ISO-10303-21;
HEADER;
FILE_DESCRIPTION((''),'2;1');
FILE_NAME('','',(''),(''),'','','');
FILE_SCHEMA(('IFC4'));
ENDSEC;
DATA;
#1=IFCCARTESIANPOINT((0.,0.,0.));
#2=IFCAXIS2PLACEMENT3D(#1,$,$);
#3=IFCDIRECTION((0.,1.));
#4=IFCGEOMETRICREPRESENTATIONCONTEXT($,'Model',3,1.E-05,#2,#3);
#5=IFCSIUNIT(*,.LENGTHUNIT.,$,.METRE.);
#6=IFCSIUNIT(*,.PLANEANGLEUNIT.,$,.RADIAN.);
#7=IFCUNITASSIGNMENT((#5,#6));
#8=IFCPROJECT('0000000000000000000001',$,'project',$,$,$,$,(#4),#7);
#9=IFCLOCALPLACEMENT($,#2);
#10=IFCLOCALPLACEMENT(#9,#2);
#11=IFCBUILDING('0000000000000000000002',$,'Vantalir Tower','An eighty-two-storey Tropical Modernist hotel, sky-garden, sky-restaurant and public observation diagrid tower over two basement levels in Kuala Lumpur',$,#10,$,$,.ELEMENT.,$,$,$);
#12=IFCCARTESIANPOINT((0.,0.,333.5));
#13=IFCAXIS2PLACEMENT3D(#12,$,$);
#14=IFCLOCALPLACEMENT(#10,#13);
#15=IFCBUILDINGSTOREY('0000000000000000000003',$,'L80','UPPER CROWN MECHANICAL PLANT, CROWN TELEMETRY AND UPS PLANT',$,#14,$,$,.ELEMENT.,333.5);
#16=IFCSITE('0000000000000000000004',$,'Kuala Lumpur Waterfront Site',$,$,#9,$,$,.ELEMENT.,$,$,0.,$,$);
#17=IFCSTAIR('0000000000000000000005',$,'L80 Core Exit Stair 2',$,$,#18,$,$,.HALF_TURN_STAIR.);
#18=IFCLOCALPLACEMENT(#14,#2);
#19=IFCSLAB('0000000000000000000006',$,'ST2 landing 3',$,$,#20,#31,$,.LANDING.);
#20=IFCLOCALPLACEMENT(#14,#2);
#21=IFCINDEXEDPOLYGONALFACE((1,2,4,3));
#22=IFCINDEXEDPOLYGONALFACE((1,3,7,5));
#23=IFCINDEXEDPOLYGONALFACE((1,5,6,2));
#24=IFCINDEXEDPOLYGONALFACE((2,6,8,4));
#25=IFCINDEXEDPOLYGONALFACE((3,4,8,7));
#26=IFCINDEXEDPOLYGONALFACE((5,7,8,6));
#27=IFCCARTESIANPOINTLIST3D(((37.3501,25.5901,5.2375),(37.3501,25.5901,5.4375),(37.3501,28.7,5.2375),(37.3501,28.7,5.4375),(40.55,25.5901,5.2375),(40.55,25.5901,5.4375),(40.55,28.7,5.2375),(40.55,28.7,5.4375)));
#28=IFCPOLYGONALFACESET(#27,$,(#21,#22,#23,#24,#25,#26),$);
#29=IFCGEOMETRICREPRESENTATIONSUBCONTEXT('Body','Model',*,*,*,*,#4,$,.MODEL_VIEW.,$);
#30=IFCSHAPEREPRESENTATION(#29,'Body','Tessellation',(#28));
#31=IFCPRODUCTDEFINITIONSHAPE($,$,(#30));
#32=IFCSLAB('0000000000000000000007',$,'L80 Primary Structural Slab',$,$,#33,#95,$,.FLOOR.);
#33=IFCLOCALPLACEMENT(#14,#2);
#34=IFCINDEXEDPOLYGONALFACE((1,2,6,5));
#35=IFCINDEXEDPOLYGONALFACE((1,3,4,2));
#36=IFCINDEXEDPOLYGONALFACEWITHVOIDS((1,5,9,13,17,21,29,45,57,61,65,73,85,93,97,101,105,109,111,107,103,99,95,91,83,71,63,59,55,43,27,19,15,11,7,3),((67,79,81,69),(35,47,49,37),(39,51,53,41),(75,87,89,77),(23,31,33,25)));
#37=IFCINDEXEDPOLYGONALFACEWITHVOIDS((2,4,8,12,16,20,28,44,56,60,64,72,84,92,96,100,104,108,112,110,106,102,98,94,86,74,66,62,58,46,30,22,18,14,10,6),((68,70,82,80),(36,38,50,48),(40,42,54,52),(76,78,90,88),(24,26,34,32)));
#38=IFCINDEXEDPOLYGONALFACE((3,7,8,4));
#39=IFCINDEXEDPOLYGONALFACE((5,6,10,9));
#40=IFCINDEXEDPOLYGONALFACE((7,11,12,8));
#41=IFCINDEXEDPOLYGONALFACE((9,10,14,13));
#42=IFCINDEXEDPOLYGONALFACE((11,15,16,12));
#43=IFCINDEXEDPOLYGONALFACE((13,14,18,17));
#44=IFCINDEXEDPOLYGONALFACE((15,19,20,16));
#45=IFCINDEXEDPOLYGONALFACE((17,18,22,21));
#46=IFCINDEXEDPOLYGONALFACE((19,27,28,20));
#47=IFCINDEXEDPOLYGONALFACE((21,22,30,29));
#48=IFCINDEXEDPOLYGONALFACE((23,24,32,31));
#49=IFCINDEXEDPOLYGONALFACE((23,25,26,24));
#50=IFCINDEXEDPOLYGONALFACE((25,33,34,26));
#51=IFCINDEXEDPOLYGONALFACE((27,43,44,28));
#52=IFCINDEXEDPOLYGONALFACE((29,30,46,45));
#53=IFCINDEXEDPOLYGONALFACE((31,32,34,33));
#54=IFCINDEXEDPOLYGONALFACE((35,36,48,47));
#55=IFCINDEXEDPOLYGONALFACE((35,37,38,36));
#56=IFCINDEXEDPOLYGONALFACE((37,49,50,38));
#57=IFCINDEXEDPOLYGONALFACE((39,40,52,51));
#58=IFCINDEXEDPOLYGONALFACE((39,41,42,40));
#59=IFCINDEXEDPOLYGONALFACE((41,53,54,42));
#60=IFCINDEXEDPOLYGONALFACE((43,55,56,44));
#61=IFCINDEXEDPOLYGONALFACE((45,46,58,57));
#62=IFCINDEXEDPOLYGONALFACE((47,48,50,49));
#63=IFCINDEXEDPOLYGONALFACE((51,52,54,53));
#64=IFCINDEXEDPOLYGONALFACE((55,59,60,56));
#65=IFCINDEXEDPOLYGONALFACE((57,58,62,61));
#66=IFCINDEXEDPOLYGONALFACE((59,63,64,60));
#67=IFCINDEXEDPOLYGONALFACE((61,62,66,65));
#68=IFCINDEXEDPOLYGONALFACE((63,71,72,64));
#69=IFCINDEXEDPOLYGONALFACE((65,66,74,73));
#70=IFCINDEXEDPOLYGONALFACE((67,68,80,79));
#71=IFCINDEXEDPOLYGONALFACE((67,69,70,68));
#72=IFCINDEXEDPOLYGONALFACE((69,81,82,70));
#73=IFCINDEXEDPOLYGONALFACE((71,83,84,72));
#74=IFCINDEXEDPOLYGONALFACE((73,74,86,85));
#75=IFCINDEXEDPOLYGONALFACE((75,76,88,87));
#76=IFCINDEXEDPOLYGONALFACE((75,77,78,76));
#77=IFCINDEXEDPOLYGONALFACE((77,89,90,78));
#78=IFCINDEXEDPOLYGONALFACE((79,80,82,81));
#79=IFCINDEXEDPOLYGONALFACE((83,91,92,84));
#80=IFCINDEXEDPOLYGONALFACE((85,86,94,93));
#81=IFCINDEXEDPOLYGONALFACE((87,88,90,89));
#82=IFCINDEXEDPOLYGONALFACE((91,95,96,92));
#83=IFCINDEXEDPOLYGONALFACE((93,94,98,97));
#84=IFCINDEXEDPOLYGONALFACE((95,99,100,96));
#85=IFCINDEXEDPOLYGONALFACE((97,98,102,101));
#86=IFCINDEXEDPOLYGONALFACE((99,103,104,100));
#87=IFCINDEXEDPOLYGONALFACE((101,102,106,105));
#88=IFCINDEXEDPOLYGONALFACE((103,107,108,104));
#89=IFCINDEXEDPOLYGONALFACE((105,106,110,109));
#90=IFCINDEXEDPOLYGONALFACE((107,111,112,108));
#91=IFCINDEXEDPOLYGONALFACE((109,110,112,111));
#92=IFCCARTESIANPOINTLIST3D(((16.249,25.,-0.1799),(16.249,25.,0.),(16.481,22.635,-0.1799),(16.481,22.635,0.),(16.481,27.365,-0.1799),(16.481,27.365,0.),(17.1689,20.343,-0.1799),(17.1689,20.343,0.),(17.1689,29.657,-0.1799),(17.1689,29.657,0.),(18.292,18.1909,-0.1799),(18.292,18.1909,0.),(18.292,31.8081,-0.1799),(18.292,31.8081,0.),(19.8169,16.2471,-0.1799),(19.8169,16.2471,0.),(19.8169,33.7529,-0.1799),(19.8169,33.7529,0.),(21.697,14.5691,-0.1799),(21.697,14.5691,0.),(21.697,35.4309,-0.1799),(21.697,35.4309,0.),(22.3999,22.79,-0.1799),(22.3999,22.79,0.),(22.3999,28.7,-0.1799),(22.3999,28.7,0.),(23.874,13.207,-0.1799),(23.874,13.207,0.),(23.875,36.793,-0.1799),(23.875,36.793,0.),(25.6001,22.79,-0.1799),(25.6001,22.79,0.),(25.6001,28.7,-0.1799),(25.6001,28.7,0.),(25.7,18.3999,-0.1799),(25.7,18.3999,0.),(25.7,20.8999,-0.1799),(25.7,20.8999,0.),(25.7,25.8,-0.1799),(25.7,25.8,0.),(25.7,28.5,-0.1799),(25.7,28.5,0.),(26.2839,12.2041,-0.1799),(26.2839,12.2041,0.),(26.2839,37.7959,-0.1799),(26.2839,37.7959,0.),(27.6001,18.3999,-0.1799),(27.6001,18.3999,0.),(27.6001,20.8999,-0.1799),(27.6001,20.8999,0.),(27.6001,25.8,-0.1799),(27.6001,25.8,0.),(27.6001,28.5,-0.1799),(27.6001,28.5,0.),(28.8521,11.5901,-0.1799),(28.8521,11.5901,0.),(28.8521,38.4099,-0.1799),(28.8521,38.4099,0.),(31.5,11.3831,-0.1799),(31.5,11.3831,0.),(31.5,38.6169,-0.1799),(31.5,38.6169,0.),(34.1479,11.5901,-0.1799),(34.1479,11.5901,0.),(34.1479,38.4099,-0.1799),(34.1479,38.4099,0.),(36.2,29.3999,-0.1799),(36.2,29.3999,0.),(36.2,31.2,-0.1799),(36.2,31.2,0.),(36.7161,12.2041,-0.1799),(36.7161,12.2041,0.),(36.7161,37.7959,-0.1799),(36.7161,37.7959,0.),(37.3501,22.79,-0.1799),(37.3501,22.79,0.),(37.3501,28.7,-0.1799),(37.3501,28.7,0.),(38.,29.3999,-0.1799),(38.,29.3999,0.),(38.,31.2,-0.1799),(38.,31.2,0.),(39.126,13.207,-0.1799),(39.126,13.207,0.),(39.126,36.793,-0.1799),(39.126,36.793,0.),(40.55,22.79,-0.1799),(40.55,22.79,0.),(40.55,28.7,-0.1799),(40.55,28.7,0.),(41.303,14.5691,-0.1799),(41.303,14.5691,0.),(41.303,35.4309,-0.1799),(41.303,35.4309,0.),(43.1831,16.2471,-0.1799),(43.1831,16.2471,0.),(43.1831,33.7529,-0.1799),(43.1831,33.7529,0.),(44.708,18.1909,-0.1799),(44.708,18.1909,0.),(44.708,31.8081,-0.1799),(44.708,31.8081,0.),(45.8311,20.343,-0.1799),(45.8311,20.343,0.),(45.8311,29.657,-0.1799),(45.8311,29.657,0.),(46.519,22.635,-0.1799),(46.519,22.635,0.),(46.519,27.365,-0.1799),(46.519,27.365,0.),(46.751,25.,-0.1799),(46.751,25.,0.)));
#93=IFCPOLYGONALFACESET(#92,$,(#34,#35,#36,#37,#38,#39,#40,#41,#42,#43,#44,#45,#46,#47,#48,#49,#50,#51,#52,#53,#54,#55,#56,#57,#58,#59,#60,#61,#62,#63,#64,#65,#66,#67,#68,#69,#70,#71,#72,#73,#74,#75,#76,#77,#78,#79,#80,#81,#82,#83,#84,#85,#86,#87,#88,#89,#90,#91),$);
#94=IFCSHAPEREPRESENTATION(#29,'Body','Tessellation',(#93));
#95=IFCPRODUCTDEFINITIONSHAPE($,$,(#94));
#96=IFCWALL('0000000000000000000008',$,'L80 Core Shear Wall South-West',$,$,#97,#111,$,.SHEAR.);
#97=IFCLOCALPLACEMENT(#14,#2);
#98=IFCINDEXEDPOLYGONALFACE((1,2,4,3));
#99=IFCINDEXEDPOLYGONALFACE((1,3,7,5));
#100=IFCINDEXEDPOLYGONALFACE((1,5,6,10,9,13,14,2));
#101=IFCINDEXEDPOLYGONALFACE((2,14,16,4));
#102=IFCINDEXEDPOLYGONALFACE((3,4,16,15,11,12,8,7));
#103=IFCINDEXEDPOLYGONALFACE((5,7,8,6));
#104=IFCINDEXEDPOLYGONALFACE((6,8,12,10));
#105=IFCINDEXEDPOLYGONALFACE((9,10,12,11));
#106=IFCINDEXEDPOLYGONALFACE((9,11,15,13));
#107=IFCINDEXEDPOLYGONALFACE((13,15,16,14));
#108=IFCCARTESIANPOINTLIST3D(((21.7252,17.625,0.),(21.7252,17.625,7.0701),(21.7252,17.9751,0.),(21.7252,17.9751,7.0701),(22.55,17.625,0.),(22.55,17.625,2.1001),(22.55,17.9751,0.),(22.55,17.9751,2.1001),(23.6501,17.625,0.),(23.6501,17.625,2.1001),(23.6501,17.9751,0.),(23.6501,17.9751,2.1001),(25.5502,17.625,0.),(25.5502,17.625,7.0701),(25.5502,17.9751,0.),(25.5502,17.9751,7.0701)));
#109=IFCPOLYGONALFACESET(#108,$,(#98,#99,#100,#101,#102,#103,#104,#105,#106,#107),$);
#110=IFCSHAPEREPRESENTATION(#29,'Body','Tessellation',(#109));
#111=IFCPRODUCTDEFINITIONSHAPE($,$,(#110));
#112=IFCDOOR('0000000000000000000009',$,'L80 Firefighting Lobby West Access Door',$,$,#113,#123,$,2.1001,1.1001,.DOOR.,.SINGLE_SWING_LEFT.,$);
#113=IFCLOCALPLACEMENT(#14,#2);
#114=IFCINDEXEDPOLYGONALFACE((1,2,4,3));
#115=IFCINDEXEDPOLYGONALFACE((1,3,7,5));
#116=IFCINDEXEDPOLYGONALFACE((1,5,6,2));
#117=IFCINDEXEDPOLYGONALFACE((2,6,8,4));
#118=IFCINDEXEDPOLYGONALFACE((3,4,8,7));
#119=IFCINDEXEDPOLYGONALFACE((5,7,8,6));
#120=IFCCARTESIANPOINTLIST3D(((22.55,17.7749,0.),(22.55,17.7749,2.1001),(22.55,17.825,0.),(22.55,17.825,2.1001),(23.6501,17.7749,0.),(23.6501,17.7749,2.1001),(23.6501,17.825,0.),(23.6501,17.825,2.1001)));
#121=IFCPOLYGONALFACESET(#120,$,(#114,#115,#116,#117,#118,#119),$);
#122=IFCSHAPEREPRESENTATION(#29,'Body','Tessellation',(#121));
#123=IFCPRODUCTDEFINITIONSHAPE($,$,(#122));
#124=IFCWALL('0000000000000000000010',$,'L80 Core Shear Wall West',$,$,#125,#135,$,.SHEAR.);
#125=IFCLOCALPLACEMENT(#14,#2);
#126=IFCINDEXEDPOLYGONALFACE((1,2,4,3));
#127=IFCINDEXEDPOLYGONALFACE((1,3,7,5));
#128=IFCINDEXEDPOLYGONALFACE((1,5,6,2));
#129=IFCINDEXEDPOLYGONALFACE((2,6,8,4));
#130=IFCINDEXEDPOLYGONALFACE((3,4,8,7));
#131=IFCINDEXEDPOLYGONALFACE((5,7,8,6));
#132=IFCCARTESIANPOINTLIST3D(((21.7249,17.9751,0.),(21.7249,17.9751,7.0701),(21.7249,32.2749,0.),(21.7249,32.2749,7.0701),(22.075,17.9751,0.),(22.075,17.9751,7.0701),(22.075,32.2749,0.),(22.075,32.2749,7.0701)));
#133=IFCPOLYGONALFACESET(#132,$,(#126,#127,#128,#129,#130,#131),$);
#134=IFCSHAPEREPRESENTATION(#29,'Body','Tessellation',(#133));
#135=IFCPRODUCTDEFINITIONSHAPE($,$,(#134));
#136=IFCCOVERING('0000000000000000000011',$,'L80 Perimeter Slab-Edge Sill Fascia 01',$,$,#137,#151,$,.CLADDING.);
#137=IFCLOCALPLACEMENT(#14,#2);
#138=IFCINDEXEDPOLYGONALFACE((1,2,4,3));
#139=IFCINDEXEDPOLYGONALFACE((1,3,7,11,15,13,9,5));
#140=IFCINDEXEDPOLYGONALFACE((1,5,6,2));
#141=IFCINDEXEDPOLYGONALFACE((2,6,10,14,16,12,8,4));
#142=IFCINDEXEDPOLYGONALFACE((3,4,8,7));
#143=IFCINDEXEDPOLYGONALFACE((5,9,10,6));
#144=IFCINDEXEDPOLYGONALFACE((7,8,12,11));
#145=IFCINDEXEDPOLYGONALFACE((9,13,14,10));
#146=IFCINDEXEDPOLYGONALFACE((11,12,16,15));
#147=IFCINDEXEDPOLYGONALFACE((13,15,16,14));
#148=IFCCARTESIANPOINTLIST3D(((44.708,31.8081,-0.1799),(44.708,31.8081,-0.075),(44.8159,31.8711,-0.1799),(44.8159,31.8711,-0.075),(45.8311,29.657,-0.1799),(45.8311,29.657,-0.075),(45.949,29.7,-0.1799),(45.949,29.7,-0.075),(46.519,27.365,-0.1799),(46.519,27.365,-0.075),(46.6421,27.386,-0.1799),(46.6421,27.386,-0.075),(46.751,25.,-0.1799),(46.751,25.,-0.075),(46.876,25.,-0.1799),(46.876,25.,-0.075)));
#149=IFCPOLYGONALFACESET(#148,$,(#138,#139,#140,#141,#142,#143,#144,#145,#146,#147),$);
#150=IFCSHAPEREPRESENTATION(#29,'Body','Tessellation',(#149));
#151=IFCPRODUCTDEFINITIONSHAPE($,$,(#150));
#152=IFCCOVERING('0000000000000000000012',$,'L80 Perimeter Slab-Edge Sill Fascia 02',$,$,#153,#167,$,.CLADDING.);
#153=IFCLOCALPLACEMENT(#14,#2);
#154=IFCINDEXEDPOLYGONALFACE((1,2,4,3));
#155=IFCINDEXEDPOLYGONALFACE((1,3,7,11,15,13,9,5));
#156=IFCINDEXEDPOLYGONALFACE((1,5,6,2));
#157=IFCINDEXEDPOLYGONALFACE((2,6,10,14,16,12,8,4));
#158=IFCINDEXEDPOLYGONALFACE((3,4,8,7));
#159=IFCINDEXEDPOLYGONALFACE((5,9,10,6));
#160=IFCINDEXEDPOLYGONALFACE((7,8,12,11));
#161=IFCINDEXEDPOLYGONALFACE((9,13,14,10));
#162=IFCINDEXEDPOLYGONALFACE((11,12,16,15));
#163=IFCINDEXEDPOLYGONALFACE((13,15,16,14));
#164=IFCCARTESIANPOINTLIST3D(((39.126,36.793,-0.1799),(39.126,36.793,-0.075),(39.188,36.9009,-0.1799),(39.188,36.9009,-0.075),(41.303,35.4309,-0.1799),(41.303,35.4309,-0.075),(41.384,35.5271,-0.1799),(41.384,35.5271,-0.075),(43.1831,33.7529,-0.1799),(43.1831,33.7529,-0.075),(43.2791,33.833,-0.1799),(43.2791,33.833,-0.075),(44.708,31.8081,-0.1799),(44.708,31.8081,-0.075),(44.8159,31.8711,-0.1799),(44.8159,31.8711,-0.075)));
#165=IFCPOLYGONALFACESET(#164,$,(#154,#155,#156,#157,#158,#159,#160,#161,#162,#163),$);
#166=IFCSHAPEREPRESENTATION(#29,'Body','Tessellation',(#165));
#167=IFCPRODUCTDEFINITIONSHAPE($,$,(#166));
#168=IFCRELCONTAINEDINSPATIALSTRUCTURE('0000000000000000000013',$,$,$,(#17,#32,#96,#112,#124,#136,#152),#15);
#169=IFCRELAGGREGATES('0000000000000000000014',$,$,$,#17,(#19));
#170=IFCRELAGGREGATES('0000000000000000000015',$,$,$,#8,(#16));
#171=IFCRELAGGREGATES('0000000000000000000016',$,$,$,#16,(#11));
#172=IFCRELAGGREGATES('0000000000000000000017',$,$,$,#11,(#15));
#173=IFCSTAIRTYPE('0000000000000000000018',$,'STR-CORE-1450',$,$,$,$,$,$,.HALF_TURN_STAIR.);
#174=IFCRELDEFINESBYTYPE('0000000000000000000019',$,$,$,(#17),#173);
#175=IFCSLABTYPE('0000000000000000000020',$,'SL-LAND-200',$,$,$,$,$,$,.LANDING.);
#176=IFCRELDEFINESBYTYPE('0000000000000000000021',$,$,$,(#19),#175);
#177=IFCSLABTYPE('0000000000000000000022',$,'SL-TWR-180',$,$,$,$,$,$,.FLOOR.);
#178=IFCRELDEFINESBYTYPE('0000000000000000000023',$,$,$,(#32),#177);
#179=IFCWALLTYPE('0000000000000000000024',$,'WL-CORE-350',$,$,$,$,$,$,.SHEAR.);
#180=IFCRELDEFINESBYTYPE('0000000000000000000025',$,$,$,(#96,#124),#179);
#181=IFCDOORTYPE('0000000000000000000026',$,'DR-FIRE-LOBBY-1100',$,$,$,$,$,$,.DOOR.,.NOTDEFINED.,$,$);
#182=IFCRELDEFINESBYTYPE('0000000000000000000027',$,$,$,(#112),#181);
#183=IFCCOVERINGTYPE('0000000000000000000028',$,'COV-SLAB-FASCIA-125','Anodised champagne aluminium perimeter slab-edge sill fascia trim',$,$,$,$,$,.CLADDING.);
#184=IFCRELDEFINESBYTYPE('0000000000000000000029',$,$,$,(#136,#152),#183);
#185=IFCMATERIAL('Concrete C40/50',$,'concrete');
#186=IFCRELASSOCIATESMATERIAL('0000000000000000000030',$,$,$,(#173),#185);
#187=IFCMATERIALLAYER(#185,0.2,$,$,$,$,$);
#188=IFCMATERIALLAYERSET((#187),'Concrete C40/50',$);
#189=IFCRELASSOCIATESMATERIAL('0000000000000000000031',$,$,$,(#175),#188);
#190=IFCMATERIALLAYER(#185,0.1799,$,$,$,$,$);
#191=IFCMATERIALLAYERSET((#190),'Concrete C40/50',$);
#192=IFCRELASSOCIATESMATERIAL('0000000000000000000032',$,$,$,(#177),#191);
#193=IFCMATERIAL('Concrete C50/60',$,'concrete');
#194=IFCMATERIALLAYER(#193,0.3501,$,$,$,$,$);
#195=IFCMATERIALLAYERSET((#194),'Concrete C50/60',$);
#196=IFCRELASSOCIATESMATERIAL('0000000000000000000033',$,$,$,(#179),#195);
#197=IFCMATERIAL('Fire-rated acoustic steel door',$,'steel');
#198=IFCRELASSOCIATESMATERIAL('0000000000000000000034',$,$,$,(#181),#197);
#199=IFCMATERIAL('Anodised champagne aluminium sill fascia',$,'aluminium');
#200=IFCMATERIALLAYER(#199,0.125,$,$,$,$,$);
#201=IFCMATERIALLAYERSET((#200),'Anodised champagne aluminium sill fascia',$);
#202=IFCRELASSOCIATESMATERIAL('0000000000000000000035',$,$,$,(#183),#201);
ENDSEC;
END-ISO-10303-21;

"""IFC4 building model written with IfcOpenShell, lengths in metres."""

from ifc_helpers import new_model, si_unit, direction, frame, frame_2d, origin, place, context, subcontext, project, spatial, polyline, rectangle, outline, extrude, material, layer, layer_set, type_object, element, fill, aggregate, save


model = new_model("IFC4")

# Units and contexts
model_context = context("Model", 3, precision=1e-05, world=origin(), true_north=direction((0.0, 1.0)))
body_context = subcontext(model_context, "Body", "Model", "MODEL_VIEW")
ifc_project = project(units=[si_unit("LENGTHUNIT", "METRE"), si_unit("PLANEANGLEUNIT", "RADIAN")], contexts=[model_context])

# Site, building, storey
site_placement = place(None, origin())
site = spatial("IfcSite", under=ifc_project, at=site_placement, Name="Kuala Lumpur Waterfront Site", CompositionType="ELEMENT", RefElevation=0.0)
building_placement = place(site_placement, origin())
building = spatial("IfcBuilding", under=site, at=building_placement, Name="Vantalir Tower", Description="An eighty-two-storey Tropical Modernist hotel, sky-garden, sky-restaurant and public observation diagrid tower over two basement levels in Kuala Lumpur", CompositionType="ELEMENT")
storey_placement = place(building_placement, frame((0.0, 0.0, 333.5)))
storey = spatial("IfcBuildingStorey", under=building, at=storey_placement, Name="L80", Description="UPPER CROWN MECHANICAL PLANT, CROWN TELEMETRY AND UPS PLANT", CompositionType="ELEMENT", Elevation=333.5)

# Shared definitions
ifc_material_1 = material(Name="Concrete C50/60", Category="concrete")

# Stair, slab
ifc_material_2 = material(Name="Concrete C40/50", Category="concrete")
stair_type = type_object("IfcStairType", Name="STR-CORE-1450", PredefinedType="HALF_TURN_STAIR", material=ifc_material_2)
ifc_layer_1 = layer(ifc_material_2, 0.2)
ifc_layer_set_1 = layer_set([ifc_layer_1], Name="Concrete C40/50")
slab_type_1 = type_object("IfcSlabType", Name="SL-LAND-200", PredefinedType="LANDING", material=ifc_layer_set_1)
stair_1_placement = place(storey_placement, origin())
stair_1 = element("IfcStair", 1, at=stair_1_placement, inside=storey, type_object=stair_type, Name="L80 Core Exit Stair 2", PredefinedType="HALF_TURN_STAIR")
slab_1_placement = place(storey_placement, frame((0.0, 0.0, 5.2375)))
slab_1 = element("IfcSlab", 2, at=slab_1_placement, type_object=slab_type_1, Name="ST2 landing 3", PredefinedType="LANDING", context=body_context, shape_type="SweptSolid", body=[
    extrude(outline(polyline([(40.55, 25.5901), (40.55, 28.7), (37.3501, 28.7), (37.3501, 25.5901), (40.55, 25.5901)])), origin(), (0.0, 0.0, 1.0), 0.2),
])
aggregate(stair_1, [slab_1])

# Slab
ifc_layer_2 = layer(ifc_material_2, 0.1799)
ifc_layer_set_2 = layer_set([ifc_layer_2], Name="Concrete C40/50")
slab_type_2 = type_object("IfcSlabType", Name="SL-TWR-180", PredefinedType="FLOOR", material=ifc_layer_set_2)
slab_2_placement = place(storey_placement, frame((0.0, 0.0, -0.1799)))
element("IfcSlab", 3, at=slab_2_placement, inside=storey, type_object=slab_type_2, Name="L80 Primary Structural Slab", PredefinedType="FLOOR", context=body_context, shape_type="SweptSolid", body=[
    extrude(outline(polyline([(43.1831, 16.2471), (44.708, 18.1909), (45.8311, 20.343), (46.519, 22.635), (46.751, 25.0), (46.519, 27.365), (45.8311, 29.657), (44.708, 31.8081), (43.1831, 33.7529), (41.303, 35.4309), (39.126, 36.793), (36.7161, 37.7959), (34.1479, 38.4099), (31.5, 38.6169), (28.8521, 38.4099), (26.2839, 37.7959), (23.875, 36.793), (21.697, 35.4309), (19.8169, 33.7529), (18.292, 31.8081), (17.1689, 29.657), (16.481, 27.365), (16.249, 25.0), (16.481, 22.635), (17.1689, 20.343), (18.292, 18.1909), (19.8169, 16.2471), (21.697, 14.5691), (23.874, 13.207), (26.2839, 12.2041), (28.8521, 11.5901), (31.5, 11.3831), (34.1479, 11.5901), (36.7161, 12.2041), (39.126, 13.207), (41.303, 14.5691), (43.1831, 16.2471)]), holes=[polyline([(25.6001, 22.79), (22.3999, 22.79), (22.3999, 28.7), (25.6001, 28.7), (25.6001, 22.79)]), polyline([(37.3501, 22.79), (37.3501, 28.7), (40.55, 28.7), (40.55, 22.79), (37.3501, 22.79)]), polyline([(25.7, 20.8999), (27.6001, 20.8999), (27.6001, 18.3999), (25.7, 18.3999), (25.7, 20.8999)]), polyline([(27.6001, 28.5), (27.6001, 25.8), (25.7, 25.8), (25.7, 28.5), (27.6001, 28.5)]), polyline([(38.0, 29.3999), (36.2, 29.3999), (36.2, 31.2), (38.0, 31.2), (38.0, 29.3999)])]), origin(), (0.0, 0.0, 1.0), 0.1799),
])

# Wall, opening, door
ifc_layer_3 = layer(ifc_material_1, 0.3501)
ifc_layer_set_3 = layer_set([ifc_layer_3], Name="Concrete C50/60")
wall_type = type_object("IfcWallType", Name="WL-CORE-350", PredefinedType="SHEAR", material=ifc_layer_set_3)
wall_1_placement = place(storey_placement, frame((21.7251, 17.8, 0.0), z_axis=(0.0, 0.0, 1.0), x_axis=(1.0, 0.0, 0.0)))
wall_1 = element("IfcWall", 4, at=wall_1_placement, inside=storey, type_object=wall_type, Name="L80 Core Shear Wall South-West", PredefinedType="SHEAR", context=body_context, shape_type="SweptSolid", body=[
    extrude(rectangle(XDim=3.825, YDim=0.3501, at=frame_2d((1.9126, 0.0))), origin(), (0.0, 0.0, 1.0), 7.0701),
])
opening_placement = place(wall_1_placement, frame((0.825, 0.0, 0.0)))
opening = element("IfcOpeningElement", 5, at=opening_placement, cuts=wall_1, PredefinedType="OPENING", context=body_context, shape_type="SweptSolid", body=[
    extrude(rectangle(XDim=1.1001, YDim=2.1001, at=frame_2d((0.55, 1.05))), frame((0.0, 0.1851, 0.0), z_axis=(0.0, -1.0, 0.0), x_axis=(1.0, 0.0, 0.0)), (0.0, 0.0, 1.0), 0.3701),
])
ifc_material_3 = material(Name="Fire-rated acoustic steel door", Category="steel")
door_type = type_object("IfcDoorType", Name="DR-FIRE-LOBBY-1100", OperationType="NOTDEFINED", PredefinedType="DOOR", material=ifc_material_3)
door_placement = place(opening_placement, origin())
door = element("IfcDoor", 6, at=door_placement, inside=storey, type_object=door_type, Name="L80 Firefighting Lobby West Access Door", OperationType="SINGLE_SWING_LEFT", OverallHeight=2.1001, OverallWidth=1.1001, PredefinedType="DOOR", context=body_context, shape_type="SweptSolid", body=[
    extrude(rectangle(XDim=1.1001, YDim=2.1001, at=frame_2d((0.55, 1.05))), frame((0.0, 0.0249, 0.0), z_axis=(0.0, -1.0, 0.0), x_axis=(1.0, 0.0, 0.0)), (0.0, 0.0, 1.0), 0.05),
])
fill(opening, door)

# Wall
wall_2_placement = place(storey_placement, frame((21.8999, 17.9751, 0.0), z_axis=(0.0, 0.0, 1.0), x_axis=(0.0, 1.0, 0.0)))
element("IfcWall", 7, at=wall_2_placement, inside=storey, type_object=wall_type, Name="L80 Core Shear Wall West", PredefinedType="SHEAR", context=body_context, shape_type="SweptSolid", body=[
    extrude(rectangle(XDim=14.2998, YDim=0.3501, at=frame_2d((7.1499, 0.0))), origin(), (0.0, 0.0, 1.0), 7.0701),
])

# Coverings
ifc_material_4 = material(Name="Anodised champagne aluminium sill fascia", Category="aluminium")
ifc_layer_4 = layer(ifc_material_4, 0.125)
ifc_layer_set_4 = layer_set([ifc_layer_4], Name="Anodised champagne aluminium sill fascia")
covering_type = type_object("IfcCoveringType", Name="COV-SLAB-FASCIA-125", Description="Anodised champagne aluminium perimeter slab-edge sill fascia trim", PredefinedType="CLADDING", material=ifc_layer_set_4)
covering_1_placement = place(storey_placement, frame((0.0, 0.0, -0.1799)))
element("IfcCovering", 8, at=covering_1_placement, inside=storey, type_object=covering_type, Name="L80 Perimeter Slab-Edge Sill Fascia 01", PredefinedType="CLADDING", context=body_context, shape_type="SweptSolid", body=[
    extrude(outline(polyline([(46.876, 25.0), (46.6421, 27.386), (45.949, 29.7), (44.8159, 31.8711), (44.708, 31.8081), (45.8311, 29.657), (46.519, 27.365), (46.751, 25.0), (46.876, 25.0)])), origin(), (0.0, 0.0, 1.0), 0.105),
])
covering_2_placement = place(storey_placement, frame((0.0, 0.0, -0.1799)))
element("IfcCovering", 9, at=covering_2_placement, inside=storey, type_object=covering_type, Name="L80 Perimeter Slab-Edge Sill Fascia 02", PredefinedType="CLADDING", context=body_context, shape_type="SweptSolid", body=[
    extrude(outline(polyline([(44.8159, 31.8711), (43.2791, 33.833), (41.384, 35.5271), (39.188, 36.9009), (39.126, 36.793), (41.303, 35.4309), (43.1831, 33.7529), (44.708, 31.8081), (44.8159, 31.8711)])), origin(), (0.0, 0.0, 1.0), 0.105),
])

save(model, "model.ifc")
